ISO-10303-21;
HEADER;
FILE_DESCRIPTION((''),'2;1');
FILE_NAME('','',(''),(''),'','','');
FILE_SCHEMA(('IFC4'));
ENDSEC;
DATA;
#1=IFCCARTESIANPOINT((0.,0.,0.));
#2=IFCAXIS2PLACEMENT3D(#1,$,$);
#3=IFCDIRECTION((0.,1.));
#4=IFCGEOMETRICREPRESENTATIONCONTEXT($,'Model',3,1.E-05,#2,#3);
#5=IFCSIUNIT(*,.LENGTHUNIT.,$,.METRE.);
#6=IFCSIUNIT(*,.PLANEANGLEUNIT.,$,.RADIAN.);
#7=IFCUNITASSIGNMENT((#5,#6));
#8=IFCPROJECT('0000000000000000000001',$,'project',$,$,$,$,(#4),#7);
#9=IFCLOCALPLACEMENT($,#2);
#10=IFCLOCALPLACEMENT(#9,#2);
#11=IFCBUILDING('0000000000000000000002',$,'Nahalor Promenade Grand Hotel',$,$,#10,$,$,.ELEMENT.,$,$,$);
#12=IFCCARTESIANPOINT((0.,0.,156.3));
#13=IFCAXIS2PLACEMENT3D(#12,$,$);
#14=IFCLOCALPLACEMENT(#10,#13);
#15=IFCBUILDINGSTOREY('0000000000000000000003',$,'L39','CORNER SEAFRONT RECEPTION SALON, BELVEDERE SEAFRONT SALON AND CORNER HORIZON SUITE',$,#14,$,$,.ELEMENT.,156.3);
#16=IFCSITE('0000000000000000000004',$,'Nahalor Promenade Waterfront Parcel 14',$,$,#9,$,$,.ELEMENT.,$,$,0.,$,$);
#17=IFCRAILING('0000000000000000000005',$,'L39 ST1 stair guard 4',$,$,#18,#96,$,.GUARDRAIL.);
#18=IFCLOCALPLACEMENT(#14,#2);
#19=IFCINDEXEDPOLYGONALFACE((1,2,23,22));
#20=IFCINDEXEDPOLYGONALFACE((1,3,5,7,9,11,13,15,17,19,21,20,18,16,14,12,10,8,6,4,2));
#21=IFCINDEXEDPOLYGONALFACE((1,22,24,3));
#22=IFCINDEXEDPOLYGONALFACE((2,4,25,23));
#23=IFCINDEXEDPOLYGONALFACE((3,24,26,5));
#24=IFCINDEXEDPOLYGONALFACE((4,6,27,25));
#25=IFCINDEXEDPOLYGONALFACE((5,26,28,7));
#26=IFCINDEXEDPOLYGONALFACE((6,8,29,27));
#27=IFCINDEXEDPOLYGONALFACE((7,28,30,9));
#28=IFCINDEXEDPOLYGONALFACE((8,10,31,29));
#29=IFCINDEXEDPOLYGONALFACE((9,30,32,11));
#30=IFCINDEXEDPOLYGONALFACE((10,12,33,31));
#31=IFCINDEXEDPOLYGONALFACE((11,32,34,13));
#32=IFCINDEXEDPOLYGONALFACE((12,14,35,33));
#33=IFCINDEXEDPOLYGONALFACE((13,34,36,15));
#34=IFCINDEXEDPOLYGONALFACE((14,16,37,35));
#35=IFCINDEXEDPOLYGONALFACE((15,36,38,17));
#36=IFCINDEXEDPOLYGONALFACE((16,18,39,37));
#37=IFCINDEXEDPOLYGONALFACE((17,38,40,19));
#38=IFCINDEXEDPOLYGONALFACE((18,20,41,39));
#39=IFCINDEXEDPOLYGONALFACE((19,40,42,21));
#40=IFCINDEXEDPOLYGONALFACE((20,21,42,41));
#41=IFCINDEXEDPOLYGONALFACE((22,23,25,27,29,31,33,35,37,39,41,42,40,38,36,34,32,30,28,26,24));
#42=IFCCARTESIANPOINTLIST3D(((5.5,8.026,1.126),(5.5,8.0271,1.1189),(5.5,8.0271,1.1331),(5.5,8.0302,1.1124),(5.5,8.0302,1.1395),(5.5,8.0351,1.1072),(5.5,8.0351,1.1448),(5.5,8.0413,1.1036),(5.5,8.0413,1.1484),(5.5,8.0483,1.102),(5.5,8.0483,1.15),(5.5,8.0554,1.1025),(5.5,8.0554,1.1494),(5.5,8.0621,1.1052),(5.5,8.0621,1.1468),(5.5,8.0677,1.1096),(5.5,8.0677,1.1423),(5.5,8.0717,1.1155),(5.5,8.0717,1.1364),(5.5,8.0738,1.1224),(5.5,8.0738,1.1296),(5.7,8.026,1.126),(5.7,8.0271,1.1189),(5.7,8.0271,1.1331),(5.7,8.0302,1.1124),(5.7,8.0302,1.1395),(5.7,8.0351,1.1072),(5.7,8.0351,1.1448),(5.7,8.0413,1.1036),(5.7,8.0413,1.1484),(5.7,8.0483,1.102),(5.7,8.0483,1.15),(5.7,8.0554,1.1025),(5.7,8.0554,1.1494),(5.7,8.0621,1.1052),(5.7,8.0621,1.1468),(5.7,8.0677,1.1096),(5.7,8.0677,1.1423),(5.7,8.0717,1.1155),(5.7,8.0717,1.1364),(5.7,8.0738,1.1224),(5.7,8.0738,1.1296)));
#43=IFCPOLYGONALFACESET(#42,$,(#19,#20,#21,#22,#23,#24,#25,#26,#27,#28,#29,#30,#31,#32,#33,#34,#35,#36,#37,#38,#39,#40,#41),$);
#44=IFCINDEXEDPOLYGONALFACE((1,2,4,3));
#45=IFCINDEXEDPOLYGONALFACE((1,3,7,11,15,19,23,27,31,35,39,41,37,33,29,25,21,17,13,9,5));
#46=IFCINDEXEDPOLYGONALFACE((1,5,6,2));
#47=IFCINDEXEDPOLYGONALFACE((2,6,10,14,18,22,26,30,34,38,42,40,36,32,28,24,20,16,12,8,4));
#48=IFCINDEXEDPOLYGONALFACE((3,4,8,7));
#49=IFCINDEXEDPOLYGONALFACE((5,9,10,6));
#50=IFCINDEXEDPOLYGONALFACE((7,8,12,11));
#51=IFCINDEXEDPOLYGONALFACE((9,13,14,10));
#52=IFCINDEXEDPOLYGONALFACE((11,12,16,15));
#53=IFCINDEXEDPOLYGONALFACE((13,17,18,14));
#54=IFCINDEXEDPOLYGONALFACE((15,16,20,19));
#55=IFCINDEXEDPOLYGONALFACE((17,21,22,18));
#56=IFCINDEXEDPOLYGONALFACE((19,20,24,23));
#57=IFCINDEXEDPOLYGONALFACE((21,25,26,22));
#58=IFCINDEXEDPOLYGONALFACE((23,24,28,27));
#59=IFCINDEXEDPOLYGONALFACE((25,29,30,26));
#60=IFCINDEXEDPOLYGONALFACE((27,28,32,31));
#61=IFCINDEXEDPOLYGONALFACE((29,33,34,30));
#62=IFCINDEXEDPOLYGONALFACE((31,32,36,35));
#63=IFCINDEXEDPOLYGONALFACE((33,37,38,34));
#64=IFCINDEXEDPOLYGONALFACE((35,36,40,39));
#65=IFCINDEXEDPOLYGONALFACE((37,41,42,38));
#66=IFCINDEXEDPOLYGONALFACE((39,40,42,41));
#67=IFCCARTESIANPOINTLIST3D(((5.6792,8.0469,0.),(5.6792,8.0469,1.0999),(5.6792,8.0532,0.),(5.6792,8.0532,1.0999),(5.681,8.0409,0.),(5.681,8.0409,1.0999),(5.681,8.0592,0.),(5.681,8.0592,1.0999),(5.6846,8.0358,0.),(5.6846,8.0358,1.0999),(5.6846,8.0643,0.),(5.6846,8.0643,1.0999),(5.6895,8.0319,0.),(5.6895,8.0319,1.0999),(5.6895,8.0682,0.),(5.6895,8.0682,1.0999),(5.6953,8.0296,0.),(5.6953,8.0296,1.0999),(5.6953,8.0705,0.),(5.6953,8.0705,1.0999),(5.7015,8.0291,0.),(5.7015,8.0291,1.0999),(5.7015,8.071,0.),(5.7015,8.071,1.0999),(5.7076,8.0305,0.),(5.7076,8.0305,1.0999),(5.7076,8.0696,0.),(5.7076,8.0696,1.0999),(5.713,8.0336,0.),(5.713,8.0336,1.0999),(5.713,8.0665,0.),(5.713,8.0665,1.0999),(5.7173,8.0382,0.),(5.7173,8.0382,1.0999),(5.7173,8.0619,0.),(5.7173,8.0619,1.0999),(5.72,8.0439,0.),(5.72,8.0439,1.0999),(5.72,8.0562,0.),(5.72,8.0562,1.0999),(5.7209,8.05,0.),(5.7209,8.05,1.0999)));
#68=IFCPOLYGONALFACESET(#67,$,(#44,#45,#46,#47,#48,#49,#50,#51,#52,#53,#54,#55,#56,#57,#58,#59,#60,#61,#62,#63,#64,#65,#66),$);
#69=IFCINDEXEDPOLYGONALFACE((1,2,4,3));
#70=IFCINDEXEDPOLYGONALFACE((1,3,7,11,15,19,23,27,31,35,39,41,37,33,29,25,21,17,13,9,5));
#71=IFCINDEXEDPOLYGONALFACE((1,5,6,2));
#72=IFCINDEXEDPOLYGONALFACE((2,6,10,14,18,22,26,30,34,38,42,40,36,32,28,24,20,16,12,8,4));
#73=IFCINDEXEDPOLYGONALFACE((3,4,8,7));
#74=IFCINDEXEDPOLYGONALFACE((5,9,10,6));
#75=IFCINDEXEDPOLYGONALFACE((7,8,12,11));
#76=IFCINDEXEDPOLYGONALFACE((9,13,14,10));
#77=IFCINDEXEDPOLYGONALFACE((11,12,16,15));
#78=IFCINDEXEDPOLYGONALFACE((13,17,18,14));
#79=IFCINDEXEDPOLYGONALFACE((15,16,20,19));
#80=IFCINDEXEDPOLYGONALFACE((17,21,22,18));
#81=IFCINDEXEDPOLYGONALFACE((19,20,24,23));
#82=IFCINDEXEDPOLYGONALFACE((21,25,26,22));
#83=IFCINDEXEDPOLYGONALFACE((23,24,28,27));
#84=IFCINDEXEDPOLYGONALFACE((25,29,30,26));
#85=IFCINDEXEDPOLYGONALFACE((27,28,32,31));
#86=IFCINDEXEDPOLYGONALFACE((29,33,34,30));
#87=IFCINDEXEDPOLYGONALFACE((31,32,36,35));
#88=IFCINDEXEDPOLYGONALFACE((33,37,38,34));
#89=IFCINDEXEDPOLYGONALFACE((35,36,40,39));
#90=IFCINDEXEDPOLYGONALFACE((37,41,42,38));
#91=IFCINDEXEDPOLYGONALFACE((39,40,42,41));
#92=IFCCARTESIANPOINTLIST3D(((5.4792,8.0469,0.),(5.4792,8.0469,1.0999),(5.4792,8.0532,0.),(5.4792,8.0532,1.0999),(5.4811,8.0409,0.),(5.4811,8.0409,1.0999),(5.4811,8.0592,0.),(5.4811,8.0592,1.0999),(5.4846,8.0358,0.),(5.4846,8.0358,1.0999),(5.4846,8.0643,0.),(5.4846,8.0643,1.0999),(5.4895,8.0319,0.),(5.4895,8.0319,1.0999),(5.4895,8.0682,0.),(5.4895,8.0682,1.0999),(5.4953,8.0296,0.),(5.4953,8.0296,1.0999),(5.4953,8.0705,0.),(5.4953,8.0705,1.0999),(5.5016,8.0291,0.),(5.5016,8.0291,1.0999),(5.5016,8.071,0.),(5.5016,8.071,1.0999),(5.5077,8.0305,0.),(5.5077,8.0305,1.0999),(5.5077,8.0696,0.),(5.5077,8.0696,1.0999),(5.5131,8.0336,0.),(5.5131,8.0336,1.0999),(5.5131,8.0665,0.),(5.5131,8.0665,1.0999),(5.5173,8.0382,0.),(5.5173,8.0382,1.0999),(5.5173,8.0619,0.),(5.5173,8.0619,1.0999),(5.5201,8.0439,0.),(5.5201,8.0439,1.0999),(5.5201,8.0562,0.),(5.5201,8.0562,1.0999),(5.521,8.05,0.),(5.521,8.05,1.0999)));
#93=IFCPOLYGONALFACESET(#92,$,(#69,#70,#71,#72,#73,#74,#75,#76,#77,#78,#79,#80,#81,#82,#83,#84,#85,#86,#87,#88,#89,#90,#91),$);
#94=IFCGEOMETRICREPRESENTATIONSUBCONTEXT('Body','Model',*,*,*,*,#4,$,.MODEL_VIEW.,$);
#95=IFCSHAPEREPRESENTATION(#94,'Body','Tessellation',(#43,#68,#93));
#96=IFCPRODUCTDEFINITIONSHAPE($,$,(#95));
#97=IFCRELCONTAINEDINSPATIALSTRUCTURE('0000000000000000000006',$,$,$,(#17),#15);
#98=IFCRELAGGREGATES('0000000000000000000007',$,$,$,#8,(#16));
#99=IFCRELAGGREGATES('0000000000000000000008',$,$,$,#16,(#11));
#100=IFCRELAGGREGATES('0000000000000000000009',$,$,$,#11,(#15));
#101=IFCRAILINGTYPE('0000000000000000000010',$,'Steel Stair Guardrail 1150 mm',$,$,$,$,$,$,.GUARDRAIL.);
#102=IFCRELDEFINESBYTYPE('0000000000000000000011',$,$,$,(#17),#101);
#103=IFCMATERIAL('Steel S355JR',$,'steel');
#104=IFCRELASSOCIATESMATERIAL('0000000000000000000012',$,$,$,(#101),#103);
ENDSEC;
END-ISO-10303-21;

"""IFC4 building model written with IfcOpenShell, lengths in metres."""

from ifc_helpers import new_model, si_unit, direction, frame, origin, origin_2d, place, context, subcontext, project, spatial, circle, extrude, material, type_object, element, save


model = new_model("IFC4")

# Units and contexts
model_context = context("Model", 3, precision=1e-05, world=origin(), true_north=direction((0.0, 1.0)))
body_context = subcontext(model_context, "Body", "Model", "MODEL_VIEW")
ifc_project = project(units=[si_unit("LENGTHUNIT", "METRE"), si_unit("PLANEANGLEUNIT", "RADIAN")], contexts=[model_context])

# Site, building, storey
site_placement = place(None, origin())
site = spatial("IfcSite", under=ifc_project, at=site_placement, Name="Nahalor Promenade Waterfront Parcel 14", CompositionType="ELEMENT", RefElevation=0.0)
building_placement = place(site_placement, origin())
building = spatial("IfcBuilding", under=site, at=building_placement, Name="Nahalor Promenade Grand Hotel", CompositionType="ELEMENT")
storey_placement = place(building_placement, frame((0.0, 0.0, 156.3)))
storey = spatial("IfcBuildingStorey", under=building, at=storey_placement, Name="L39", Description="CORNER SEAFRONT RECEPTION SALON, BELVEDERE SEAFRONT SALON AND CORNER HORIZON SUITE", CompositionType="ELEMENT", Elevation=156.3)

# Shared definitions
ifc_material_1 = material(Name="Steel S355JR", Category="steel")

# Railing
railing_type_1 = type_object("IfcRailingType", Name="Steel Stair Guardrail 1150 mm", PredefinedType="GUARDRAIL", material=ifc_material_1)
railing_1_placement = place(storey_placement, frame((5.7, 8.05, 0.0)))
element("IfcRailing", 1, at=railing_1_placement, inside=storey, type_object=railing_type_1, Name="L39 ST1 stair guard 4", PredefinedType="GUARDRAIL", context=body_context, shape_type="SweptSolid", body=[
    extrude(circle(Radius=0.024, at=origin_2d()), frame((0.0, 0.0, 1.126), z_axis=(-1.0, 0.0, 0.0), x_axis=(0.0, -1.0, 0.0)), (0.0, 0.0, 1.0), 0.2),
    extrude(circle(Radius=0.021, at=origin_2d()), origin(), (0.0, 0.0, 1.0), 1.0999),
    extrude(circle(Radius=0.021, at=origin_2d()), frame((-0.2, 0.0, 0.0)), (0.0, 0.0, 1.0), 1.0999),
])

save(model, "model.ifc")
